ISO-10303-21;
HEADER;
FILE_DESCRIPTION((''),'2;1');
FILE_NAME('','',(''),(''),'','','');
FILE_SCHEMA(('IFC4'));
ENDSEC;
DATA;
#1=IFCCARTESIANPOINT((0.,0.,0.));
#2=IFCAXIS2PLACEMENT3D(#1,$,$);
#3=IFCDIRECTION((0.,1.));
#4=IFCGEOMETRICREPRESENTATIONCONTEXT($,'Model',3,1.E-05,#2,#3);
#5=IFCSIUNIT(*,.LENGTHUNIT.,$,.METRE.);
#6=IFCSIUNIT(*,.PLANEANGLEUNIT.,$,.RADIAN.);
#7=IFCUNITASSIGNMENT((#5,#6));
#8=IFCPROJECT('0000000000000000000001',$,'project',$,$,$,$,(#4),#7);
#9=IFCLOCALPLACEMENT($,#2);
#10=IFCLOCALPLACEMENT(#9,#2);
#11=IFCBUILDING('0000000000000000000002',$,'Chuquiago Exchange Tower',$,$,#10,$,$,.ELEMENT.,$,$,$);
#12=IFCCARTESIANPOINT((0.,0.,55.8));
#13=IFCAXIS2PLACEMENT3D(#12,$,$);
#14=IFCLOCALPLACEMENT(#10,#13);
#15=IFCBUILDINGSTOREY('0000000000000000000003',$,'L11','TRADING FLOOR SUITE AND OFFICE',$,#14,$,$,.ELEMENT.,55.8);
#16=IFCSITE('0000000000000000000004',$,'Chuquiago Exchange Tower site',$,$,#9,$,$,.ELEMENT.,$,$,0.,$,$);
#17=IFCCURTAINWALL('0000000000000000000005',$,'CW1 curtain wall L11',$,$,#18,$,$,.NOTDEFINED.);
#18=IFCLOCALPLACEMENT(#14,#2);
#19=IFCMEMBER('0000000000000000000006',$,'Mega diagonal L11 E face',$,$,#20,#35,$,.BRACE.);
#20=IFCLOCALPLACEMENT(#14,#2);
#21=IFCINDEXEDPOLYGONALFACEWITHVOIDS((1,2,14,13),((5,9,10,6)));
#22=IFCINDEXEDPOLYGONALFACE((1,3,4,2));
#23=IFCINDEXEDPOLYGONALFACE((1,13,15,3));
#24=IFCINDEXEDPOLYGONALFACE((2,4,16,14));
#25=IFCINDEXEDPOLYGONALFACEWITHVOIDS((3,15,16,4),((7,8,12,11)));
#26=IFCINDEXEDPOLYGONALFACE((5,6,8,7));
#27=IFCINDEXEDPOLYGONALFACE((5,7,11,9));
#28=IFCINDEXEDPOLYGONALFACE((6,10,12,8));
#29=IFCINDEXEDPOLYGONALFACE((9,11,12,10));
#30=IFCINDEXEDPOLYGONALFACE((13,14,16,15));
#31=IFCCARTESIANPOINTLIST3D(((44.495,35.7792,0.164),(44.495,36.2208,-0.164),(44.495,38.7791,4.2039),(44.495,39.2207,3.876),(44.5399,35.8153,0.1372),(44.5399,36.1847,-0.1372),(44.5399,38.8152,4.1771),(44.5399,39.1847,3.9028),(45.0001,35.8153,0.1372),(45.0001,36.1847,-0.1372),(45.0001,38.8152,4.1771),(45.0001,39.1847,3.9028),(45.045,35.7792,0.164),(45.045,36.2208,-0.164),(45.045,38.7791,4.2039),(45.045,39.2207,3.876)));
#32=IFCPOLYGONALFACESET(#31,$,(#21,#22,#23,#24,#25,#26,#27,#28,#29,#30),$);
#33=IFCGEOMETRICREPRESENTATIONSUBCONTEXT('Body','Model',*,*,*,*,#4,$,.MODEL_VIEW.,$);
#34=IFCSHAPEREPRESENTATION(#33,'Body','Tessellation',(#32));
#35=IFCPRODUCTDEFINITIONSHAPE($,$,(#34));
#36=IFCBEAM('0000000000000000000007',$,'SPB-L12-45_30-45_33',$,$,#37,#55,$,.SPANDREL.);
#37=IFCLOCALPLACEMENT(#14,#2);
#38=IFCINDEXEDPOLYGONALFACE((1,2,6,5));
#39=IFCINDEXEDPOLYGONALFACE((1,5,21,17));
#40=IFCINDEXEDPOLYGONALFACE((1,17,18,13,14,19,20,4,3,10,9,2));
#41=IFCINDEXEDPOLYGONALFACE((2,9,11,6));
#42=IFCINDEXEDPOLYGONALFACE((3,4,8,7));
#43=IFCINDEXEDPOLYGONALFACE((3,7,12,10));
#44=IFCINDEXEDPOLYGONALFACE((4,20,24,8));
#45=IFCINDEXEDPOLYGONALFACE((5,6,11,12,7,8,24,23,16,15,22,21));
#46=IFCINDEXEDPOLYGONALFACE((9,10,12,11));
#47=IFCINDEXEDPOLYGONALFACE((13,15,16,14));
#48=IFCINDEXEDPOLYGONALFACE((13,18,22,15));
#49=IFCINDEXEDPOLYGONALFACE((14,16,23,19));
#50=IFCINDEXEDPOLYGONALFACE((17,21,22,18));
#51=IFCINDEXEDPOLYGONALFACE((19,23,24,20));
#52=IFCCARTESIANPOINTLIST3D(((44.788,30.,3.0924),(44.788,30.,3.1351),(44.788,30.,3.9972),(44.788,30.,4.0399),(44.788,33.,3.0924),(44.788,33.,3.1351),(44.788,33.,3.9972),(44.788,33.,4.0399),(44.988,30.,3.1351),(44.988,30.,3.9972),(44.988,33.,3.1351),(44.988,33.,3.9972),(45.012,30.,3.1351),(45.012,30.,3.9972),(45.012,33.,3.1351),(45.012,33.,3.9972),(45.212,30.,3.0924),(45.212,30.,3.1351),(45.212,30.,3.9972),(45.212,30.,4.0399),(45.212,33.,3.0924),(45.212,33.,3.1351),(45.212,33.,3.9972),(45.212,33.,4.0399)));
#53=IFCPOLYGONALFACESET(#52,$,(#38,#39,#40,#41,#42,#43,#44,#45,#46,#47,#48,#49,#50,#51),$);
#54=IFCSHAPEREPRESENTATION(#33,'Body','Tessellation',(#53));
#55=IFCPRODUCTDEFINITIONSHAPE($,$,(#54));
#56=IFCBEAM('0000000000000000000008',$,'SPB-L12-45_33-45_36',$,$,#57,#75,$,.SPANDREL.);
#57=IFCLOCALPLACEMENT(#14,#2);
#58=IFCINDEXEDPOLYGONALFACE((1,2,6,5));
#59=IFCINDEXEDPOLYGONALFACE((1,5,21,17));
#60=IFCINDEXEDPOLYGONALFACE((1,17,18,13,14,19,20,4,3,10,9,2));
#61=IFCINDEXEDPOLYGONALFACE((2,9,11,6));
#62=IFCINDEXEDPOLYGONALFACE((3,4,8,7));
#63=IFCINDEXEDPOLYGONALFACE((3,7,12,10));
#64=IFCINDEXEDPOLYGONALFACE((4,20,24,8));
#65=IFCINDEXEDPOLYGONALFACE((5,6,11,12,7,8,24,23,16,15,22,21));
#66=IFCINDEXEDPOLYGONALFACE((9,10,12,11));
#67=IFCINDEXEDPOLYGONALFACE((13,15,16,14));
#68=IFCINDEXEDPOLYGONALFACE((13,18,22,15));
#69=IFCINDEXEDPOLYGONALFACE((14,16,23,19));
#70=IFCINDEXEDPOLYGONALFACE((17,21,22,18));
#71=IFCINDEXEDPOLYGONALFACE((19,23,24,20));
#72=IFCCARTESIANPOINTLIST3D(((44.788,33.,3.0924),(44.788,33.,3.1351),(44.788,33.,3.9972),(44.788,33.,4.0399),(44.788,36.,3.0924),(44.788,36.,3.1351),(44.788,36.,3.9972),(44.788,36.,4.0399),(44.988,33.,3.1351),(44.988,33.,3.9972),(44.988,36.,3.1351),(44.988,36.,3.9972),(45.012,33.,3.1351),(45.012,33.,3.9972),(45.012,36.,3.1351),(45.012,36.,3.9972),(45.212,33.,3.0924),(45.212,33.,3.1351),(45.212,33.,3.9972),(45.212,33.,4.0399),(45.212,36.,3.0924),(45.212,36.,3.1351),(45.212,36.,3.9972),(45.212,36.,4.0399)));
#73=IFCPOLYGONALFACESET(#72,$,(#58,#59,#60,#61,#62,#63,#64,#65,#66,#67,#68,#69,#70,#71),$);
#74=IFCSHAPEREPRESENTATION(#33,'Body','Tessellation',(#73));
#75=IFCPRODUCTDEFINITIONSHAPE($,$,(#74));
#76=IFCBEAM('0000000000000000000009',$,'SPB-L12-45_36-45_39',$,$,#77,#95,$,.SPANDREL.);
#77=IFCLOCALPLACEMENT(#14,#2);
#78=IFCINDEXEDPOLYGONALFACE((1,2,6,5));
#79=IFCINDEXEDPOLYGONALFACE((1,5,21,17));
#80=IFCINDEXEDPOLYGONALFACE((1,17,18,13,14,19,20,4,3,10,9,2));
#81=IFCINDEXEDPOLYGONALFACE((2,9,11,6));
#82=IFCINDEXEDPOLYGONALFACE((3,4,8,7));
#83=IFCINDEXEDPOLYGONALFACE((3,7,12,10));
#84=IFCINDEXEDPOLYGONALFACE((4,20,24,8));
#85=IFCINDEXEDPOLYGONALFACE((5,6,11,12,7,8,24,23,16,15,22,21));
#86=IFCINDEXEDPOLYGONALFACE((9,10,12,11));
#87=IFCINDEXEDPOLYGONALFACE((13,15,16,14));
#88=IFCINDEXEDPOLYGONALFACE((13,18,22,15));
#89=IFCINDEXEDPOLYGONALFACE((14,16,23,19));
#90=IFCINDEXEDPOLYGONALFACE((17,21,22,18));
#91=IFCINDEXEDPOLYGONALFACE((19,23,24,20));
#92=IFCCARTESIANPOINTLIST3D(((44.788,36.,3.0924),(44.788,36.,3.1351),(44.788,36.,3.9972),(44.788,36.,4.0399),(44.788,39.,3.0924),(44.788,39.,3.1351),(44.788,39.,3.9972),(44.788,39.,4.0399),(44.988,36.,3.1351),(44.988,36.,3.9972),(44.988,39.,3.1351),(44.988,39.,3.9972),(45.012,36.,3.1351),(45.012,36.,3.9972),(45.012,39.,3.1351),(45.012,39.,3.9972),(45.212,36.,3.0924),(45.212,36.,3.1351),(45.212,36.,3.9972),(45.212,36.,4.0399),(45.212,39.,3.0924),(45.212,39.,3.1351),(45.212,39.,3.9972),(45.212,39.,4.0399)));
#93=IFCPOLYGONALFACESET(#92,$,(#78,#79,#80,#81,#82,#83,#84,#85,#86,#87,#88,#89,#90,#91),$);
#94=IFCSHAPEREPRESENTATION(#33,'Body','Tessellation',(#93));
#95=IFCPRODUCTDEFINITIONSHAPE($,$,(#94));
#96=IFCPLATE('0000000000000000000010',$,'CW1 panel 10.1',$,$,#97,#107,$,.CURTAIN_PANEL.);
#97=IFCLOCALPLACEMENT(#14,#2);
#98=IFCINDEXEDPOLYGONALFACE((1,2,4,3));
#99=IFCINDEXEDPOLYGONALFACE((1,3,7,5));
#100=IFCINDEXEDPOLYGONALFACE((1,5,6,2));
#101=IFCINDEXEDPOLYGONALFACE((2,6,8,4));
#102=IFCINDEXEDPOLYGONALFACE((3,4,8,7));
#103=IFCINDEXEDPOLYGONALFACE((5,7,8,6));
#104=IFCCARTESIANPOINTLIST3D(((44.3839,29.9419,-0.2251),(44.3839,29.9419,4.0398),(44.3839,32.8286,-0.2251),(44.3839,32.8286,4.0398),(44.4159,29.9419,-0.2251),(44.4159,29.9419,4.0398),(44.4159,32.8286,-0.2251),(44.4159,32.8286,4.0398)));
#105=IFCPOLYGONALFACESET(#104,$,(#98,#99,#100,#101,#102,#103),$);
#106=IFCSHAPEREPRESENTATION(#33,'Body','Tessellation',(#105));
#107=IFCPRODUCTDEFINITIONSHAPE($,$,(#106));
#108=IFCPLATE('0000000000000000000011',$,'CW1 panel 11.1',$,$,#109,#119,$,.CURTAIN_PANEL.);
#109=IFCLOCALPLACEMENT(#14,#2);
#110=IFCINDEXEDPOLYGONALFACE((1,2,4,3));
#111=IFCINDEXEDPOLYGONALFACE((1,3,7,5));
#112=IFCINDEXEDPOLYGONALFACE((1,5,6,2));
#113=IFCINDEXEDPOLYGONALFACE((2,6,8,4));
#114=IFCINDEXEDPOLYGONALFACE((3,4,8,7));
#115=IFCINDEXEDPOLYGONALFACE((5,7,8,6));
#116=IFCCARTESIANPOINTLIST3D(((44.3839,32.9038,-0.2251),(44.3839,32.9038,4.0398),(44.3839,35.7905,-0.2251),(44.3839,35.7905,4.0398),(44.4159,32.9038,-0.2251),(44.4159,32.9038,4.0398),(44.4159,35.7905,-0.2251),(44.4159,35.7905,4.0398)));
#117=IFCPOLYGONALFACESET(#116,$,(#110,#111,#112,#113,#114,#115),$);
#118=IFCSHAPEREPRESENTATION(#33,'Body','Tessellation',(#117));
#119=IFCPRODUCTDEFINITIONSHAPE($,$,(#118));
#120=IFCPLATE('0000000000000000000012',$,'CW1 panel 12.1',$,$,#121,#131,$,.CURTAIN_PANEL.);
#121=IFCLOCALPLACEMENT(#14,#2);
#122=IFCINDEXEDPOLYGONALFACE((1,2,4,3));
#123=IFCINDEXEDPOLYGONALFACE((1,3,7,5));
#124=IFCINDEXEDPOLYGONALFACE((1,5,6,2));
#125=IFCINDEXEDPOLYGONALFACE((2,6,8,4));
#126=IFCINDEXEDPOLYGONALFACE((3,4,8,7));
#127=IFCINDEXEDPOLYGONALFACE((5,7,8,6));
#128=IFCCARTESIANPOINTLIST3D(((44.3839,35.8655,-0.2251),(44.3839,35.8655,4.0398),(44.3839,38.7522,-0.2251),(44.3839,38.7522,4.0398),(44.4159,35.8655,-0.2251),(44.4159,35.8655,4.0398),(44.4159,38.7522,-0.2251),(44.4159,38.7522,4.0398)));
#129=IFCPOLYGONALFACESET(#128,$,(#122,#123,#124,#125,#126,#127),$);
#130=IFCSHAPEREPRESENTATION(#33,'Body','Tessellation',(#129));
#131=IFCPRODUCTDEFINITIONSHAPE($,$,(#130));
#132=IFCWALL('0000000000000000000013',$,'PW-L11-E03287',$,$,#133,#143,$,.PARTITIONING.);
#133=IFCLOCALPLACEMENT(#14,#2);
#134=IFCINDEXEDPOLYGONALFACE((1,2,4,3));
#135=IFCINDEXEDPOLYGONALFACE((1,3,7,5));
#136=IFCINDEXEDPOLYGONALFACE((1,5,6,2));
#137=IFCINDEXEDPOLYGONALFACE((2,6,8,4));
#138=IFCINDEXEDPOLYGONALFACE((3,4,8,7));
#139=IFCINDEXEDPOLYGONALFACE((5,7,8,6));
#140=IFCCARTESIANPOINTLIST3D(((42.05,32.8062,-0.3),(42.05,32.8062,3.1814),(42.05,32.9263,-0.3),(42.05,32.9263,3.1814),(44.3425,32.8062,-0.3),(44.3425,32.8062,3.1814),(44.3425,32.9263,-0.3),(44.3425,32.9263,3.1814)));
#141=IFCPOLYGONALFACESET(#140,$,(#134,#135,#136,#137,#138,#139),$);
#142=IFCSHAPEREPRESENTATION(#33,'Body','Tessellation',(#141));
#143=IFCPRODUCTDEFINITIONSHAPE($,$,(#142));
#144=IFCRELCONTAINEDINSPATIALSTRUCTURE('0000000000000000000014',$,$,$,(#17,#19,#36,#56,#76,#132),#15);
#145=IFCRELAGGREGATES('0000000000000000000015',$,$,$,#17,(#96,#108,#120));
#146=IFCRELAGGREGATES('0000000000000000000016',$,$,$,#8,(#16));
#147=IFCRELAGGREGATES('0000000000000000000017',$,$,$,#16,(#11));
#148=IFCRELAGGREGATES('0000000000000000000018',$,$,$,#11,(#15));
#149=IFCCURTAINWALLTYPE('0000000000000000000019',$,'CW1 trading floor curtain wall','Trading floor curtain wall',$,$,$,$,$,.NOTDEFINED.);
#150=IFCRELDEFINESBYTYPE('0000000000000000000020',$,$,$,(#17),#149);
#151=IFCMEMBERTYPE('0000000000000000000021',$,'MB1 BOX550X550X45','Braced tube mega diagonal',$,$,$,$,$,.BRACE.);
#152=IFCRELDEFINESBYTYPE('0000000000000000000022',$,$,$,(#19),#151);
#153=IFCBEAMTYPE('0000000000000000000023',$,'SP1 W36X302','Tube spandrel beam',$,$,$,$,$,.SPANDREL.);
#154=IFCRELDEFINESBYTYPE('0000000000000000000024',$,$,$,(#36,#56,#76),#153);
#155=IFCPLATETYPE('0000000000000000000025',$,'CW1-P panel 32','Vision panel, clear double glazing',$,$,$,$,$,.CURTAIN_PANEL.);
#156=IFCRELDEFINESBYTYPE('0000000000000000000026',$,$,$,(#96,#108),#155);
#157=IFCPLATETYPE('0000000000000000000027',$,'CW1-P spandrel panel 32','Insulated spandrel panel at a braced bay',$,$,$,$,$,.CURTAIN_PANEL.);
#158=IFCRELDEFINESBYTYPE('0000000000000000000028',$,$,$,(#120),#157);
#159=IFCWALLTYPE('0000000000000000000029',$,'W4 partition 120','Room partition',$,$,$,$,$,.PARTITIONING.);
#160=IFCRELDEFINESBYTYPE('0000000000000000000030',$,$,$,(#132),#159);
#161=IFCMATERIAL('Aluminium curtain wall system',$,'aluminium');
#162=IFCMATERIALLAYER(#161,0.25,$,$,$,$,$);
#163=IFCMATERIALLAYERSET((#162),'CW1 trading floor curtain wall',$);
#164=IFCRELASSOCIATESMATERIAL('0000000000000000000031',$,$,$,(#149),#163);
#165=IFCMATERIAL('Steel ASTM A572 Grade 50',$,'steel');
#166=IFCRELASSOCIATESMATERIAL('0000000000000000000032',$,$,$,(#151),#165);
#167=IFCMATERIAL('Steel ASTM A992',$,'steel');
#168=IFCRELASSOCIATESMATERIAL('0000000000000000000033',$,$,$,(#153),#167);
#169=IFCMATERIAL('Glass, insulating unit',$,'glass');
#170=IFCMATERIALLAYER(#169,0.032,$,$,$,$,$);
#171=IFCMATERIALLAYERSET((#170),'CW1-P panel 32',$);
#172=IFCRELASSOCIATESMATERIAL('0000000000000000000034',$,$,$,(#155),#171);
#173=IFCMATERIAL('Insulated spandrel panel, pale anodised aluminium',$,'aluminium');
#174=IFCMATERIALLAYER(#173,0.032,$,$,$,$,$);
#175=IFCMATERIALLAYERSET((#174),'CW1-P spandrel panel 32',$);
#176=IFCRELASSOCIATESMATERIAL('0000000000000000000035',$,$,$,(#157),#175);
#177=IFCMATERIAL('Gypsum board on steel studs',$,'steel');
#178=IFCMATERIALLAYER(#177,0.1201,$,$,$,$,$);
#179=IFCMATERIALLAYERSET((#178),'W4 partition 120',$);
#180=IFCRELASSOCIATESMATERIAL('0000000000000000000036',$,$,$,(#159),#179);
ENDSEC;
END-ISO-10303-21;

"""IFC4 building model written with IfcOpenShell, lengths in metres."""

from ifc_helpers import new_model, si_unit, direction, frame, frame_2d, origin, origin_2d, place, context, subcontext, project, spatial, rectangle, hollow_rectangle, i_section, extrude, material, layer, layer_set, material_profile, profile_set, type_object, element, aggregate, save


model = new_model("IFC4")

# Units and contexts
model_context = context("Model", 3, precision=1e-05, world=origin(), true_north=direction((0.0, 1.0)))
body_context = subcontext(model_context, "Body", "Model", "MODEL_VIEW")
ifc_project = project(units=[si_unit("LENGTHUNIT", "METRE"), si_unit("PLANEANGLEUNIT", "RADIAN")], contexts=[model_context])

# Site, building, storey
site_placement = place(None, origin())
site = spatial("IfcSite", under=ifc_project, at=site_placement, Name="Chuquiago Exchange Tower site", CompositionType="ELEMENT", RefElevation=0.0)
building_placement = place(site_placement, origin())
building = spatial("IfcBuilding", under=site, at=building_placement, Name="Chuquiago Exchange Tower", CompositionType="ELEMENT")
storey_placement = place(building_placement, frame((0.0, 0.0, 55.8)))
storey = spatial("IfcBuildingStorey", under=building, at=storey_placement, Name="L11", Description="TRADING FLOOR SUITE AND OFFICE", CompositionType="ELEMENT", Elevation=55.8)

# Curtain wall
ifc_material_1 = material(Name="Aluminium curtain wall system", Category="aluminium")
ifc_layer_1 = layer(ifc_material_1, 0.25)
ifc_layer_set_1 = layer_set([ifc_layer_1], Name="CW1 trading floor curtain wall")
curtain_wall_type = type_object("IfcCurtainWallType", Name="CW1 trading floor curtain wall", Description="Trading floor curtain wall", PredefinedType="NOTDEFINED", material=ifc_layer_set_1)
curtain_wall_placement = place(storey_placement, origin())
curtain_wall = element("IfcCurtainWall", 1, at=curtain_wall_placement, inside=storey, type_object=curtain_wall_type, Name="CW1 curtain wall L11", PredefinedType="NOTDEFINED")

# Member
ifc_material_2 = material(Name="Steel ASTM A572 Grade 50", Category="steel")
ifc_material_profile_1 = material_profile(ifc_material_2, hollow_rectangle(XDim=0.55, YDim=0.55, WallThickness=0.0449, at=origin_2d()), Name="BOX550X550X45")
ifc_profile_set_1 = profile_set([ifc_material_profile_1], Name="Steel ASTM A572 Grade 50")
member_type_1 = type_object("IfcMemberType", Name="MB1 BOX550X550X45", Description="Braced tube mega diagonal", PredefinedType="BRACE", material=ifc_profile_set_1)
member_1_placement = place(storey_placement, frame((44.77, 36.0, 0.0), z_axis=(0.0, 0.596174, 0.802855), x_axis=(-1.0, 0.0, 0.0)))
element("IfcMember", 2, at=member_1_placement, inside=storey, type_object=member_type_1, Name="Mega diagonal L11 E face", PredefinedType="BRACE", context=body_context, shape_type="SweptSolid", body=[
    extrude(hollow_rectangle(XDim=0.55, YDim=0.55, WallThickness=0.0449, at=origin_2d()), origin(), (0.0, 0.0, 1.0), 5.032),
])

# Beams
ifc_material_3 = material(Name="Steel ASTM A992", Category="steel")
ifc_material_profile_2 = material_profile(ifc_material_3, i_section(OverallWidth=0.4241, OverallDepth=0.9475, WebThickness=0.0239, FlangeThickness=0.0427, at=origin_2d()), Name="W36X302")
ifc_profile_set_2 = profile_set([ifc_material_profile_2], Name="Steel ASTM A992")
beam_type_1 = type_object("IfcBeamType", Name="SP1 W36X302", Description="Tube spandrel beam", PredefinedType="SPANDREL", material=ifc_profile_set_2)
for number, where, z_axis, x_axis, name in (
    (3, (45.0, 30.0, 3.5662), (0.0, 1.0, 0.0), (-1.0, 0.0, 0.0), "SPB-L12-45_30-45_33"),
    (4, (45.0, 33.0, 3.5662), (0.0, 1.0, 0.0), (-1.0, 0.0, 0.0), "SPB-L12-45_33-45_36"),
    (5, (45.0, 36.0, 3.5662), (0.0, 1.0, 0.0), (-1.0, 0.0, 0.0), "SPB-L12-45_36-45_39"),
):
    element("IfcBeam", number, at=place(storey_placement, frame(where, z_axis=z_axis, x_axis=x_axis)), inside=storey, type_object=beam_type_1, Name=name, PredefinedType="SPANDREL", context=body_context, shape_type="SweptSolid", body=[
        extrude(i_section(OverallWidth=0.4241, OverallDepth=0.9475, WebThickness=0.0239, FlangeThickness=0.0427, at=origin_2d()), origin(), (0.0, 0.0, 1.0), 3.0),
    ])

# Plates
ifc_material_4 = material(Name="Glass, insulating unit", Category="glass")
ifc_layer_2 = layer(ifc_material_4, 0.032)
ifc_layer_set_2 = layer_set([ifc_layer_2], Name="CW1-P panel 32")
plate_type_1 = type_object("IfcPlateType", Name="CW1-P panel 32", Description="Vision panel, clear double glazing", PredefinedType="CURTAIN_PANEL", material=ifc_layer_set_2)
plate_1_placement = place(storey_placement, frame((44.3999, 31.3853, -0.2251), z_axis=(0.0, 0.0, 1.0), x_axis=(0.0, 1.0, 0.0)))
plate_1 = element("IfcPlate", 6, at=plate_1_placement, type_object=plate_type_1, Name="CW1 panel 10.1", PredefinedType="CURTAIN_PANEL", context=body_context, shape_type="SweptSolid", body=[
    extrude(rectangle(XDim=2.8867, YDim=0.032, at=origin_2d()), origin(), (0.0, 0.0, 1.0), 4.2649),
])
plate_2_placement = place(storey_placement, frame((44.3999, 34.3472, -0.2251), z_axis=(0.0, 0.0, 1.0), x_axis=(0.0, 1.0, 0.0)))
plate_2 = element("IfcPlate", 7, at=plate_2_placement, type_object=plate_type_1, Name="CW1 panel 11.1", PredefinedType="CURTAIN_PANEL", context=body_context, shape_type="SweptSolid", body=[
    extrude(rectangle(XDim=2.8867, YDim=0.032, at=origin_2d()), origin(), (0.0, 0.0, 1.0), 4.2649),
])
ifc_material_5 = material(Name="Insulated spandrel panel, pale anodised aluminium", Category="aluminium")
ifc_layer_3 = layer(ifc_material_5, 0.032)
ifc_layer_set_3 = layer_set([ifc_layer_3], Name="CW1-P spandrel panel 32")
plate_type_2 = type_object("IfcPlateType", Name="CW1-P spandrel panel 32", Description="Insulated spandrel panel at a braced bay", PredefinedType="CURTAIN_PANEL", material=ifc_layer_set_3)
plate_3_placement = place(storey_placement, frame((44.3999, 37.3088, -0.2251), z_axis=(0.0, 0.0, 1.0), x_axis=(0.0, 1.0, 0.0)))
plate_3 = element("IfcPlate", 8, at=plate_3_placement, type_object=plate_type_2, Name="CW1 panel 12.1", PredefinedType="CURTAIN_PANEL", context=body_context, shape_type="SweptSolid", body=[
    extrude(rectangle(XDim=2.8867, YDim=0.032, at=origin_2d()), origin(), (0.0, 0.0, 1.0), 4.2649),
])
aggregate(curtain_wall, [plate_1, plate_2, plate_3])

# Wall
ifc_material_6 = material(Name="Gypsum board on steel studs", Category="steel")
ifc_layer_4 = layer(ifc_material_6, 0.1201)
ifc_layer_set_4 = layer_set([ifc_layer_4], Name="W4 partition 120")
wall_type = type_object("IfcWallType", Name="W4 partition 120", Description="Room partition", PredefinedType="PARTITIONING", material=ifc_layer_set_4)
wall_placement = place(storey_placement, frame((44.3425, 32.8662, -0.3), z_axis=(0.0, 0.0, 1.0), x_axis=(-1.0, 0.0, 0.0)))
element("IfcWall", 9, at=wall_placement, inside=storey, type_object=wall_type, Name="PW-L11-E03287", PredefinedType="PARTITIONING", context=body_context, shape_type="SweptSolid", body=[
    extrude(rectangle(XDim=2.2925, YDim=0.1201, at=frame_2d((1.1462, 0.0))), origin(), (0.0, 0.0, 1.0), 3.4814),
])

save(model, "model.ifc")
